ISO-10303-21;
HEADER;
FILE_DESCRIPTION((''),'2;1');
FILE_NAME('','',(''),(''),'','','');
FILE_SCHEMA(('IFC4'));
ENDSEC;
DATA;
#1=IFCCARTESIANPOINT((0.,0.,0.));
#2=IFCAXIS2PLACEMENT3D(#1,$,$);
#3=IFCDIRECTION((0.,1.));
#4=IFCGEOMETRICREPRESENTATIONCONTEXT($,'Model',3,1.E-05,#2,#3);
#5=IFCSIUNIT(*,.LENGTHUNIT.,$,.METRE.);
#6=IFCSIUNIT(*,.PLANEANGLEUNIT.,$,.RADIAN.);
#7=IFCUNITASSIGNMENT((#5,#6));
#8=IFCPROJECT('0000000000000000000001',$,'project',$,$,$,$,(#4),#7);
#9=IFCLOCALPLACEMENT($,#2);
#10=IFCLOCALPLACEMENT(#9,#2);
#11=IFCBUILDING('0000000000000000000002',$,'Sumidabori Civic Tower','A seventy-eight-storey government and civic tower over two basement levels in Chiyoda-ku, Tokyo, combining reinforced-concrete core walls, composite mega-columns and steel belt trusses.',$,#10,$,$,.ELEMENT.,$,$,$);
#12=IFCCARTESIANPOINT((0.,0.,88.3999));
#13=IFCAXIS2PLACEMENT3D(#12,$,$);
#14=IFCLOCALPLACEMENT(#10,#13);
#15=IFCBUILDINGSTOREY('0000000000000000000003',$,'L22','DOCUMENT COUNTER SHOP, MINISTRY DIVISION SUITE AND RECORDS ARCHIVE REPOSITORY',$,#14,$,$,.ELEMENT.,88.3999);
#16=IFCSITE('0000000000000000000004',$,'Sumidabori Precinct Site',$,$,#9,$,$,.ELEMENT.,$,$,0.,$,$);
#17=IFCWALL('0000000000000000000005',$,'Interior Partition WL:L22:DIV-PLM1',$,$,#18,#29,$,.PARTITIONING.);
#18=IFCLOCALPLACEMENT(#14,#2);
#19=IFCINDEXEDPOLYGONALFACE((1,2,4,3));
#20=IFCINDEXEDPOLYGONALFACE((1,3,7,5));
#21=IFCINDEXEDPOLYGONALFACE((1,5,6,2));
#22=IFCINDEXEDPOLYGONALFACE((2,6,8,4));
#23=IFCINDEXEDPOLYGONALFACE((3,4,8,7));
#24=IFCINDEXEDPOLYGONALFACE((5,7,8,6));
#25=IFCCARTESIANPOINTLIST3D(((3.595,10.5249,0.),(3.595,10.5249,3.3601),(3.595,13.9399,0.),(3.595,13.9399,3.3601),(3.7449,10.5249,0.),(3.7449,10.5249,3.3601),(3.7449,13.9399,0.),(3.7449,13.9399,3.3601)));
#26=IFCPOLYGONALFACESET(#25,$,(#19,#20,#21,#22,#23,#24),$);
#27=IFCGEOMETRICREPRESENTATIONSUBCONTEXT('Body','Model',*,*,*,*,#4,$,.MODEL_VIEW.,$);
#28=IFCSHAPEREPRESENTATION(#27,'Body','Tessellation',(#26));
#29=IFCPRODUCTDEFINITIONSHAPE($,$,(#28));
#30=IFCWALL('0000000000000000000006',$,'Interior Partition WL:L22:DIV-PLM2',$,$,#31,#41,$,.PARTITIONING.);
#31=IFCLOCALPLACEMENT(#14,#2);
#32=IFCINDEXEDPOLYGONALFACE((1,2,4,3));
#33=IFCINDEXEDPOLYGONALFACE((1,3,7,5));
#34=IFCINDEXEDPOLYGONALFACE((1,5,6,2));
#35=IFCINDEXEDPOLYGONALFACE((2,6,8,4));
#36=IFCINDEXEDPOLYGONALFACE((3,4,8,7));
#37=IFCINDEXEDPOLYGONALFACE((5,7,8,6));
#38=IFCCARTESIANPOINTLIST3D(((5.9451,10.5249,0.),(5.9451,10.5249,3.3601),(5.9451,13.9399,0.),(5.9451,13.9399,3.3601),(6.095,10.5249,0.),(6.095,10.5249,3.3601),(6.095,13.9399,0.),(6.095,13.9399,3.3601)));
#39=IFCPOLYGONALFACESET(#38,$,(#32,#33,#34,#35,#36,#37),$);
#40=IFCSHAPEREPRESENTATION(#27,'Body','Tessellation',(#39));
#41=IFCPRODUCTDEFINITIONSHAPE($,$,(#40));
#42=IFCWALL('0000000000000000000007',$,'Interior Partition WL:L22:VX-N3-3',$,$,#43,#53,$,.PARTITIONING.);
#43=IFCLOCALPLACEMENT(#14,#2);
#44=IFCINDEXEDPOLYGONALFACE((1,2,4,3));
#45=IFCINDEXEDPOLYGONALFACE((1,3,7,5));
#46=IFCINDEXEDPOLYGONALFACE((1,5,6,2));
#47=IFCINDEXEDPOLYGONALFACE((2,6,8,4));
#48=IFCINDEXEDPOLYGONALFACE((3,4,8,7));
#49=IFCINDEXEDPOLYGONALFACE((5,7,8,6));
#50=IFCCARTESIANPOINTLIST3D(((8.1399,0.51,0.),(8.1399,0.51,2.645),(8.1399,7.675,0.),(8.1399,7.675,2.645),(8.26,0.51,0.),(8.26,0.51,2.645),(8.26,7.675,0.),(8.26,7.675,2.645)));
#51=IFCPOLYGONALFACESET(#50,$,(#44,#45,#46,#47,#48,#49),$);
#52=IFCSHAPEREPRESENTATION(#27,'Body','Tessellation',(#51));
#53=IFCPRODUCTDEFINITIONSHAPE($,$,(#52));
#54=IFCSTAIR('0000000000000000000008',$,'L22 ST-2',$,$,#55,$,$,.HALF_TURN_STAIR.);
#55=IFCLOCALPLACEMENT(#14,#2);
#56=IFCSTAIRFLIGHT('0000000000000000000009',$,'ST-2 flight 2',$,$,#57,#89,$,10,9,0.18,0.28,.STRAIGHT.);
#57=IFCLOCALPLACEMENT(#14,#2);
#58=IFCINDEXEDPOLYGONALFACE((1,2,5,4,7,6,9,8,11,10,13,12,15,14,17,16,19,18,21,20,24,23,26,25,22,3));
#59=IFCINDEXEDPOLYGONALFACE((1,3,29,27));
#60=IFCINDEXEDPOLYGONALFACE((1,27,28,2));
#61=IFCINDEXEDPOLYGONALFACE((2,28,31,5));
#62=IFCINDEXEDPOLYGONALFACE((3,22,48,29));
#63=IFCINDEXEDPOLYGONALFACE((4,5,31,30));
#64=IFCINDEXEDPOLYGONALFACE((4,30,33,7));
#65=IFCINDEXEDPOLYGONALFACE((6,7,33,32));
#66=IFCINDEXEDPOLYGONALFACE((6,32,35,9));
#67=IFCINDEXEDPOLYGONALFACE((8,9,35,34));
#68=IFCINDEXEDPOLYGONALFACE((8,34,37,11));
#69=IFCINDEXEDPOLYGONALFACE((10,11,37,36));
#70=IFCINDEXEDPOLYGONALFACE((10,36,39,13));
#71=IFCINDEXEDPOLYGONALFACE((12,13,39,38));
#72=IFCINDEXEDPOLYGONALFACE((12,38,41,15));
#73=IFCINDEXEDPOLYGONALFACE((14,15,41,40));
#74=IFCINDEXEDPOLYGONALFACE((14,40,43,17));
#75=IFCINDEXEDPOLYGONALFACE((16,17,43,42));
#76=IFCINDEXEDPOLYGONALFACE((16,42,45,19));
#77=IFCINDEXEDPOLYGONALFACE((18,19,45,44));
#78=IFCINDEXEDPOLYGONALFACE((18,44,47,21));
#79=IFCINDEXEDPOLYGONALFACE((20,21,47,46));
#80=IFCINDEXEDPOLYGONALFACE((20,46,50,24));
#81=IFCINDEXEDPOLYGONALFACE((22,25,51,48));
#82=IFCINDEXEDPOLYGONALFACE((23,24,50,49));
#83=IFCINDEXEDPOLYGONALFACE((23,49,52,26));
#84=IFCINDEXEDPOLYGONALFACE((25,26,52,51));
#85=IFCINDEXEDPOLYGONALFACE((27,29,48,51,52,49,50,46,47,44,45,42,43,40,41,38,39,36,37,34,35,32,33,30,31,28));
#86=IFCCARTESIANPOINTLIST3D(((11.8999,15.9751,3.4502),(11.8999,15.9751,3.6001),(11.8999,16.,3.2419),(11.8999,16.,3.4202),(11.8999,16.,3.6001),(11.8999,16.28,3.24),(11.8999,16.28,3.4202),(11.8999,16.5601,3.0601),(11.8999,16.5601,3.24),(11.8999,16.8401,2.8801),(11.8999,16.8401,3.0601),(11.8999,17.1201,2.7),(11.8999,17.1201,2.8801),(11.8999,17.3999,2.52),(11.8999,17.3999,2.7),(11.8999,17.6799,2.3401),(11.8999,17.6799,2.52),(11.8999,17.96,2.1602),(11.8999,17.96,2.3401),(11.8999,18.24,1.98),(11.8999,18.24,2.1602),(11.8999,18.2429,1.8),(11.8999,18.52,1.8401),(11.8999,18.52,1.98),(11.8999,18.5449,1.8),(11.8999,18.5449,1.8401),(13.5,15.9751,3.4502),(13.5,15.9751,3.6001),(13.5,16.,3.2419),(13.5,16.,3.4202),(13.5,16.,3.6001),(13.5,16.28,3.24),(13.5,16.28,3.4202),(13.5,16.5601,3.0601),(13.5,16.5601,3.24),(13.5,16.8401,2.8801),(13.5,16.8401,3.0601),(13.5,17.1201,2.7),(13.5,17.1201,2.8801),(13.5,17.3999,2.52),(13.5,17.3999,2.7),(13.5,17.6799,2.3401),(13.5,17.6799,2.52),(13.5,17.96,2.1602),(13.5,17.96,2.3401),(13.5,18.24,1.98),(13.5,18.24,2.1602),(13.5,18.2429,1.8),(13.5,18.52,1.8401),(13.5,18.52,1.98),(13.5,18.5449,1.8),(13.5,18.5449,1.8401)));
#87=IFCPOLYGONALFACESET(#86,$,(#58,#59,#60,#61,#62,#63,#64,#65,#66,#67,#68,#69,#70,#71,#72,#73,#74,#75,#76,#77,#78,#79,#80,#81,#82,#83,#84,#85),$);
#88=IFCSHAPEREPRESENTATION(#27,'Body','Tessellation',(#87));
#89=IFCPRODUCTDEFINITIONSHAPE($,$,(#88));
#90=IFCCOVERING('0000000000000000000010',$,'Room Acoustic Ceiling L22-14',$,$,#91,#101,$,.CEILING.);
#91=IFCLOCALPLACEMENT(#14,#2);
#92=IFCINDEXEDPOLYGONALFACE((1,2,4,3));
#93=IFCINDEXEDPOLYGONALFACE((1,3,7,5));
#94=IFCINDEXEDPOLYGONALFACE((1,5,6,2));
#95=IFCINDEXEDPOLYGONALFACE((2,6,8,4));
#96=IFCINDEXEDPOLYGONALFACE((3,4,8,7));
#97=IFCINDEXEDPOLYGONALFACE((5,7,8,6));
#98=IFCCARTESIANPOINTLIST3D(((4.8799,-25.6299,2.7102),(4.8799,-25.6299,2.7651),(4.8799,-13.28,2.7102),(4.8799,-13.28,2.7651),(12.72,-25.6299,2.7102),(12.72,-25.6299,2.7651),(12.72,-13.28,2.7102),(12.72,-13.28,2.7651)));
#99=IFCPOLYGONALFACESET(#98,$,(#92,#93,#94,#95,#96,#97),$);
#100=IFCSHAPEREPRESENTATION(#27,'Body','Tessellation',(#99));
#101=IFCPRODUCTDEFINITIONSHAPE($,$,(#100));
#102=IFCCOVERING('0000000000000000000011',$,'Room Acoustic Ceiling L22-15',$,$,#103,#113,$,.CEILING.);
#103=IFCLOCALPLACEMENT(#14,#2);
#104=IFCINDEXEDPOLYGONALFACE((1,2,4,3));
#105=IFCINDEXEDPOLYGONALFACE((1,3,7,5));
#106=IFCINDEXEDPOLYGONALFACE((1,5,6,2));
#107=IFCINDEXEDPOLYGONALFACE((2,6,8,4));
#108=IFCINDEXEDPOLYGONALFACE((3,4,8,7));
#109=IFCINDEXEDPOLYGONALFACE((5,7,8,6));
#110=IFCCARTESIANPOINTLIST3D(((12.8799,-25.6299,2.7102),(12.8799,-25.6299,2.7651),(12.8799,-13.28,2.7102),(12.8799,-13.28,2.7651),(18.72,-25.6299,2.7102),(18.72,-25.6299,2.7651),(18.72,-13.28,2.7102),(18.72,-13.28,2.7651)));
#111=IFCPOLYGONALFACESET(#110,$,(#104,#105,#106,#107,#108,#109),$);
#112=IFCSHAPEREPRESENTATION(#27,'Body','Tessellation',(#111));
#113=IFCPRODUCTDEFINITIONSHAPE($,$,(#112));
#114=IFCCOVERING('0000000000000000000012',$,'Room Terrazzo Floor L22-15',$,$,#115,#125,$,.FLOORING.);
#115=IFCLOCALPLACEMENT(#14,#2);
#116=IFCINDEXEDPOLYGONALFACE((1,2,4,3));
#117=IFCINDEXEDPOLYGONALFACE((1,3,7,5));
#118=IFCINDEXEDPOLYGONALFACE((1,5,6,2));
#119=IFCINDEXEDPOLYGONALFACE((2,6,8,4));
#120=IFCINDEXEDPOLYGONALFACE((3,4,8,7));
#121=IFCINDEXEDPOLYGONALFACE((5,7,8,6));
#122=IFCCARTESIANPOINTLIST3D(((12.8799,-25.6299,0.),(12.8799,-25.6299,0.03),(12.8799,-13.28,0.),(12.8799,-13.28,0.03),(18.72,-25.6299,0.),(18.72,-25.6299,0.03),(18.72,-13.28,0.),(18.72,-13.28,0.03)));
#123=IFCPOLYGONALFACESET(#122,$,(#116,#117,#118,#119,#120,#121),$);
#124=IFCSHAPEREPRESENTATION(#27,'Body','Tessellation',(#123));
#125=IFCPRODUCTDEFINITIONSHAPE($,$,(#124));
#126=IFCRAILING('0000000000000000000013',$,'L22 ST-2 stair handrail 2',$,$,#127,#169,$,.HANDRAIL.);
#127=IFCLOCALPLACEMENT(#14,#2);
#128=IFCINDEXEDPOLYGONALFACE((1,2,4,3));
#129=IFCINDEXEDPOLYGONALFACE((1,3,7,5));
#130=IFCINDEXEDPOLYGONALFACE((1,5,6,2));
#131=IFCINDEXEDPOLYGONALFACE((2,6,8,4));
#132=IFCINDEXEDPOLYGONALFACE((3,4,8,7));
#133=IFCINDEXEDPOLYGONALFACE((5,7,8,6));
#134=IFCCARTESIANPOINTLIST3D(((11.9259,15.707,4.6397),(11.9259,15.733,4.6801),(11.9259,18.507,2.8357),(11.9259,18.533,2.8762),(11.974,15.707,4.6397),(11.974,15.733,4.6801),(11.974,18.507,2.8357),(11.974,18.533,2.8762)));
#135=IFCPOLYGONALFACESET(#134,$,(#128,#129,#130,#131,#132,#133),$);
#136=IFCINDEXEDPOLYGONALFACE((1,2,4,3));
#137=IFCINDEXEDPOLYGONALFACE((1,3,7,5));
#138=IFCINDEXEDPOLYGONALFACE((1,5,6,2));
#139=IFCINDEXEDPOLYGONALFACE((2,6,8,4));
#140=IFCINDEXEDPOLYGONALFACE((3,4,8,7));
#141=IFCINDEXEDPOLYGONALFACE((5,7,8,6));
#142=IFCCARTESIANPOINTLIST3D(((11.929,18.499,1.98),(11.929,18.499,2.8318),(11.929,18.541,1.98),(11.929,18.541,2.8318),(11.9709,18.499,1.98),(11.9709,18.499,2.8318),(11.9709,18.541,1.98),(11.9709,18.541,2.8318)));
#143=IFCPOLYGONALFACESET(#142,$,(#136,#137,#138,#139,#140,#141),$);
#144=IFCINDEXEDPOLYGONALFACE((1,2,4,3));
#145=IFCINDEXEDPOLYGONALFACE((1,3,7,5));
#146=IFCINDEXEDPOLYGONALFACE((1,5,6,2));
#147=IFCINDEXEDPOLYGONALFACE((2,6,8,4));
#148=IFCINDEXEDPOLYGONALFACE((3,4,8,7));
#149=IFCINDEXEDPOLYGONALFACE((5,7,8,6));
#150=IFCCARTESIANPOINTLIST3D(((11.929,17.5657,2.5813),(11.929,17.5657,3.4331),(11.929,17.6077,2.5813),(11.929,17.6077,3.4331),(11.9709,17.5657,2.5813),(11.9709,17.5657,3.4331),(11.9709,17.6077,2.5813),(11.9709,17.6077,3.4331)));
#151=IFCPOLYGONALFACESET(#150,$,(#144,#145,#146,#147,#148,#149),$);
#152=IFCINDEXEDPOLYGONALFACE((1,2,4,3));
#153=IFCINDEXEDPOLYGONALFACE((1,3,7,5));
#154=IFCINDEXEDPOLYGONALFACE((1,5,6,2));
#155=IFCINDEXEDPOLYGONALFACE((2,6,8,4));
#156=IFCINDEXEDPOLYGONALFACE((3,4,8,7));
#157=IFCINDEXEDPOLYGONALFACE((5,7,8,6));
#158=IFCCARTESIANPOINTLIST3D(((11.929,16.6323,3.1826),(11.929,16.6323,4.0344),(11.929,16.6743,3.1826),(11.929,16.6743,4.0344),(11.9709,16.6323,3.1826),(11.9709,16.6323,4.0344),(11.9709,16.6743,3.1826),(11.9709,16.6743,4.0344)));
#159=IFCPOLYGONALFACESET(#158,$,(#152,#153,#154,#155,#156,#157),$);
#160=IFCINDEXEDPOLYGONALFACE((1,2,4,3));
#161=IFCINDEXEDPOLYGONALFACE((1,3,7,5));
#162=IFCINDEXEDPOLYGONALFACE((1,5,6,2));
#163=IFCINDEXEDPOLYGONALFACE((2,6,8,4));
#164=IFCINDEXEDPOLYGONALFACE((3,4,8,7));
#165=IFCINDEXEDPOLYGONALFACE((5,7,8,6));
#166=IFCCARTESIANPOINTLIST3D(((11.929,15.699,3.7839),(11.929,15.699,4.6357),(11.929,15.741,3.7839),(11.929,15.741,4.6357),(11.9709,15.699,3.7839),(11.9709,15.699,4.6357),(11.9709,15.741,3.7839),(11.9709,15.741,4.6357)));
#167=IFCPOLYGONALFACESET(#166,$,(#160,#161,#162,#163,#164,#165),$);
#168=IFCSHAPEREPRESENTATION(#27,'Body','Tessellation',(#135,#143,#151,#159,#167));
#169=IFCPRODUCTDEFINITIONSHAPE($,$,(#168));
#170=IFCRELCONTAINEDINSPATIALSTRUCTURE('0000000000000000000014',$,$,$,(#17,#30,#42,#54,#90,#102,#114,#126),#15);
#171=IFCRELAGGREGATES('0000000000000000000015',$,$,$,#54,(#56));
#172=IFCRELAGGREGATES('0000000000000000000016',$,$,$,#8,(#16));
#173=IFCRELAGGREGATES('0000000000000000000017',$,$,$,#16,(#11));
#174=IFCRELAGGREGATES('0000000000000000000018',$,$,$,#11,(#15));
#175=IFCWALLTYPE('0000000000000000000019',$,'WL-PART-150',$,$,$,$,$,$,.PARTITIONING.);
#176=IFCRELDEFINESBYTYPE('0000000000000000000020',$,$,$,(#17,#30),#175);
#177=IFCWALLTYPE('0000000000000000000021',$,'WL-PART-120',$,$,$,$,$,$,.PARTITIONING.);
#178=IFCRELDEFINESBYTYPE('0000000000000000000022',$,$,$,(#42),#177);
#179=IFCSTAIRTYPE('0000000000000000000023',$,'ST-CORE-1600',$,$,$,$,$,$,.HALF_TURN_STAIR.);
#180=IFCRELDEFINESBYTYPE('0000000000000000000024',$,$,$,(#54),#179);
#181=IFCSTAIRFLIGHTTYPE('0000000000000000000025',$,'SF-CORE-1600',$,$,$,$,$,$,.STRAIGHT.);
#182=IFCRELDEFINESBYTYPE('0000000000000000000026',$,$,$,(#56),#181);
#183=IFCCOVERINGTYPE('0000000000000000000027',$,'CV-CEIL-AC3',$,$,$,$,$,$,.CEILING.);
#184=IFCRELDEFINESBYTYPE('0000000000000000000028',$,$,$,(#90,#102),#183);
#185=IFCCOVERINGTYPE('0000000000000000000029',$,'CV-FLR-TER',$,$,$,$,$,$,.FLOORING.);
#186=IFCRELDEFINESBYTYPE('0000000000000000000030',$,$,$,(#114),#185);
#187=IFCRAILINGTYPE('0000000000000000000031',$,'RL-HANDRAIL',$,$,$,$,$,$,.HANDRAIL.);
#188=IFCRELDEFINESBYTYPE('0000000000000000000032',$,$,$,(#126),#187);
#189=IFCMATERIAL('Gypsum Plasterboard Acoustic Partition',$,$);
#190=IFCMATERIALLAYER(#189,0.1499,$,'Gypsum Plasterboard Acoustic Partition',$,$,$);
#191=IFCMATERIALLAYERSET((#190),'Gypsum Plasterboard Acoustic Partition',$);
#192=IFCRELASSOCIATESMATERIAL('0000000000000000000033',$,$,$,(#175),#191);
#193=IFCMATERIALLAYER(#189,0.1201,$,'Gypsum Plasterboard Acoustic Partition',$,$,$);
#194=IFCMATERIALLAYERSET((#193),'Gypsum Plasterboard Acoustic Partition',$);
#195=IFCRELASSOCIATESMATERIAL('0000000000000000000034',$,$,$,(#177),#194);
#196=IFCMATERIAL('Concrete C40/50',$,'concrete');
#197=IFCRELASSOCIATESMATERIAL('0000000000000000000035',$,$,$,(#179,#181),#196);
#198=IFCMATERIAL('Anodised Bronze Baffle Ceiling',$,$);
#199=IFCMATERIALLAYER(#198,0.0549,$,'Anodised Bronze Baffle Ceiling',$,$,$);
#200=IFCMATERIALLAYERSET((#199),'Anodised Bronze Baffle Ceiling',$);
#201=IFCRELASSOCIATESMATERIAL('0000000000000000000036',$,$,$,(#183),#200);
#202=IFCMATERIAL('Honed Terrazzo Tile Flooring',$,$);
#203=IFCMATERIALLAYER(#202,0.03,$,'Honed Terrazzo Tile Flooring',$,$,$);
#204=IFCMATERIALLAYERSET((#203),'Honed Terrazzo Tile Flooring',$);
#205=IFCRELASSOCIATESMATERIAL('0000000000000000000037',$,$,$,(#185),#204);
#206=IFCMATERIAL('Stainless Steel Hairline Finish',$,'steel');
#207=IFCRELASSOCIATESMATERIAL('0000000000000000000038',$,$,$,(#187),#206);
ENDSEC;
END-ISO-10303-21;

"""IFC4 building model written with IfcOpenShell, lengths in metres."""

from ifc_helpers import new_model, si_unit, direction, frame, frame_2d, origin, origin_2d, place, context, subcontext, project, spatial, polyline, rectangle, outline, extrude, source, transform, mapped, material, layer, layer_set, type_object, element, aggregate, save


model = new_model("IFC4")

# Units and contexts
model_context = context("Model", 3, precision=1e-05, world=origin(), true_north=direction((0.0, 1.0)))
body_context = subcontext(model_context, "Body", "Model", "MODEL_VIEW")
ifc_project = project(units=[si_unit("LENGTHUNIT", "METRE"), si_unit("PLANEANGLEUNIT", "RADIAN")], contexts=[model_context])

# Site, building, storey
site_placement = place(None, origin())
site = spatial("IfcSite", under=ifc_project, at=site_placement, Name="Sumidabori Precinct Site", CompositionType="ELEMENT", RefElevation=0.0)
building_placement = place(site_placement, origin())
building = spatial("IfcBuilding", under=site, at=building_placement, Name="Sumidabori Civic Tower", Description="A seventy-eight-storey government and civic tower over two basement levels in Chiyoda-ku, Tokyo, combining reinforced-concrete core walls, composite mega-columns and steel belt trusses.", CompositionType="ELEMENT")
storey_placement = place(building_placement, frame((0.0, 0.0, 88.3999)))
storey = spatial("IfcBuildingStorey", under=building, at=storey_placement, Name="L22", Description="DOCUMENT COUNTER SHOP, MINISTRY DIVISION SUITE AND RECORDS ARCHIVE REPOSITORY", CompositionType="ELEMENT", Elevation=88.3999)

# Shared definitions
ifc_material_1 = material(Name="Stainless Steel Hairline Finish", Category="steel")

# Shared definitions
ifc_material_2 = material(Name="Gypsum Plasterboard Acoustic Partition")
ifc_layer_1 = layer(ifc_material_2, 0.1499, Name="Gypsum Plasterboard Acoustic Partition")
ifc_layer_set_1 = layer_set([ifc_layer_1], Name="Gypsum Plasterboard Acoustic Partition")
wall_type_1 = type_object("IfcWallType", Name="WL-PART-150", PredefinedType="PARTITIONING", material=ifc_layer_set_1)

# Walls
shared_shape_1 = source(origin(), body_context, "Body", "SweptSolid", [
    extrude(rectangle(XDim=3.415, YDim=0.1499, at=frame_2d((1.7075, 0.0))), origin(), (0.0, 0.0, 1.0), 3.3601),
])
for number, where, z_axis, x_axis, name in (
    (1, (3.6699, 10.5249, 0.0), (0.0, 0.0, 1.0), (0.0, 1.0, 0.0), "Interior Partition WL:L22:DIV-PLM1"),
    (2, (6.02, 10.5249, 0.0), (0.0, 0.0, 1.0), (0.0, 1.0, 0.0), "Interior Partition WL:L22:DIV-PLM2"),
):
    element("IfcWall", number, at=place(storey_placement, frame(where, z_axis=z_axis, x_axis=x_axis)), inside=storey, type_object=wall_type_1, Name=name, PredefinedType="PARTITIONING", context=body_context, shape_type="MappedRepresentation", body=[
        mapped(shared_shape_1, transform((0.0, 0.0, 0.0), x_axis=(1.0, 0.0, 0.0), y_axis=(0.0, 1.0, 0.0), z_axis=(0.0, 0.0, 1.0), scale=1.0)),
    ])
ifc_layer_2 = layer(ifc_material_2, 0.1201, Name="Gypsum Plasterboard Acoustic Partition")
ifc_layer_set_2 = layer_set([ifc_layer_2], Name="Gypsum Plasterboard Acoustic Partition")
wall_type_2 = type_object("IfcWallType", Name="WL-PART-120", PredefinedType="PARTITIONING", material=ifc_layer_set_2)
shared_shape_2 = source(origin(), body_context, "Body", "SweptSolid", [
    extrude(rectangle(XDim=7.165, YDim=0.1201, at=frame_2d((3.5825, 0.0))), origin(), (0.0, 0.0, 1.0), 2.645),
])
wall_1_placement = place(storey_placement, frame((8.2, 0.51, 0.0), z_axis=(0.0, 0.0, 1.0), x_axis=(0.0, 1.0, 0.0)))
element("IfcWall", 3, at=wall_1_placement, inside=storey, type_object=wall_type_2, Name="Interior Partition WL:L22:VX-N3-3", PredefinedType="PARTITIONING", context=body_context, shape_type="MappedRepresentation", body=[
    mapped(shared_shape_2, transform((0.0, 0.0, 0.0), x_axis=(1.0, 0.0, 0.0), y_axis=(0.0, 1.0, 0.0), z_axis=(0.0, 0.0, 1.0), scale=1.0)),
])

# Stair, stair flight
ifc_material_3 = material(Name="Concrete C40/50", Category="concrete")
stair_type = type_object("IfcStairType", Name="ST-CORE-1600", PredefinedType="HALF_TURN_STAIR", material=ifc_material_3)
stair_placement = place(storey_placement, origin())
stair = element("IfcStair", 4, at=stair_placement, inside=storey, type_object=stair_type, Name="L22 ST-2", PredefinedType="HALF_TURN_STAIR")
stair_flight_type = type_object("IfcStairFlightType", Name="SF-CORE-1600", PredefinedType="STRAIGHT", material=ifc_material_3)
shared_shape_3 = source(origin(), body_context, "Body", "SweptSolid", [
    extrude(outline(polyline([(-0.0249, 0.0), (-0.0249, 0.04), (0.0, 0.04), (0.0, 0.1799), (0.28, 0.1799), (0.28, 0.3601), (0.5601, 0.3601), (0.5601, 0.54), (0.8401, 0.54), (0.8401, 0.72), (1.1201, 0.72), (1.1201, 0.8999), (1.3999, 0.8999), (1.3999, 1.0801), (1.6799, 1.0801), (1.6799, 1.26), (1.96, 1.26), (1.96, 1.4399), (2.24, 1.4399), (2.24, 1.6201), (2.52, 1.6201), (2.52, 1.8), (2.5449, 1.8), (2.5449, 1.6501), (2.52, 1.4419), (0.2771, 0.0), (-0.0249, 0.0)])), frame((0.0, 0.8, 0.0), z_axis=(0.0, -1.0, 0.0), x_axis=(1.0, 0.0, 0.0)), (0.0, 0.0, 1.0), 1.6001),
])
stair_flight_placement = place(storey_placement, frame((12.7, 18.52, 1.8), z_axis=(0.0, 0.0, 1.0), x_axis=(0.0, -1.0, 0.0)))
stair_flight = element("IfcStairFlight", 5, at=stair_flight_placement, type_object=stair_flight_type, Name="ST-2 flight 2", NumberOfRisers=10, NumberOfTreads=9, PredefinedType="STRAIGHT", RiserHeight=0.18, TreadLength=0.28, context=body_context, shape_type="MappedRepresentation", body=[
    mapped(shared_shape_3, transform((0.0, 0.0, 0.0), x_axis=(1.0, 0.0, 0.0), y_axis=(0.0, 1.0, 0.0), z_axis=(0.0, 0.0, 1.0), scale=1.0)),
])
aggregate(stair, [stair_flight])

# Coverings
ifc_material_4 = material(Name="Anodised Bronze Baffle Ceiling")
ifc_layer_3 = layer(ifc_material_4, 0.0549, Name="Anodised Bronze Baffle Ceiling")
ifc_layer_set_3 = layer_set([ifc_layer_3], Name="Anodised Bronze Baffle Ceiling")
covering_type_1 = type_object("IfcCoveringType", Name="CV-CEIL-AC3", PredefinedType="CEILING", material=ifc_layer_set_3)
covering_1_placement = place(storey_placement, frame((0.0, 0.0, 2.7102)))
element("IfcCovering", 6, at=covering_1_placement, inside=storey, type_object=covering_type_1, Name="Room Acoustic Ceiling L22-14", PredefinedType="CEILING", context=body_context, shape_type="SweptSolid", body=[
    extrude(outline(polyline([(4.8799, -13.28), (12.72, -13.28), (12.72, -25.6299), (4.8799, -25.6299), (4.8799, -13.28)])), origin(), (0.0, 0.0, 1.0), 0.0549),
])
covering_2_placement = place(storey_placement, frame((0.0, 0.0, 2.7102)))
element("IfcCovering", 7, at=covering_2_placement, inside=storey, type_object=covering_type_1, Name="Room Acoustic Ceiling L22-15", PredefinedType="CEILING", context=body_context, shape_type="SweptSolid", body=[
    extrude(outline(polyline([(12.8799, -13.28), (18.72, -13.28), (18.72, -25.6299), (12.8799, -25.6299), (12.8799, -13.28)])), origin(), (0.0, 0.0, 1.0), 0.0549),
])
ifc_material_5 = material(Name="Honed Terrazzo Tile Flooring")
ifc_layer_4 = layer(ifc_material_5, 0.03, Name="Honed Terrazzo Tile Flooring")
ifc_layer_set_4 = layer_set([ifc_layer_4], Name="Honed Terrazzo Tile Flooring")
covering_type_2 = type_object("IfcCoveringType", Name="CV-FLR-TER", PredefinedType="FLOORING", material=ifc_layer_set_4)
covering_3_placement = place(storey_placement, origin())
element("IfcCovering", 8, at=covering_3_placement, inside=storey, type_object=covering_type_2, Name="Room Terrazzo Floor L22-15", PredefinedType="FLOORING", context=body_context, shape_type="SweptSolid", body=[
    extrude(outline(polyline([(12.8799, -13.28), (18.72, -13.28), (18.72, -25.6299), (12.8799, -25.6299), (12.8799, -13.28)])), origin(), (0.0, 0.0, 1.0), 0.03),
])

# Railing
railing_type = type_object("IfcRailingType", Name="RL-HANDRAIL", PredefinedType="HANDRAIL", material=ifc_material_1)
railing_placement = place(storey_placement, frame((11.95, 18.52, 1.98)))
element("IfcRailing", 9, at=railing_placement, inside=storey, type_object=railing_type, Name="L22 ST-2 stair handrail 2", PredefinedType="HANDRAIL", context=body_context, shape_type="SweptSolid", body=[
    extrude(rectangle(XDim=0.0481, YDim=0.0481, at=origin_2d()), frame((0.0, 0.0, 0.876), z_axis=(0.0, -0.840642, 0.541591), x_axis=(1.0, 0.0, 0.0)), (0.0, 0.0, 1.0), 3.3308),
    extrude(rectangle(XDim=0.042, YDim=0.042, at=origin_2d()), origin(), (0.0, 0.0, 1.0), 0.8518),
    extrude(rectangle(XDim=0.042, YDim=0.042, at=origin_2d()), frame((0.0, -0.9333, 0.6013)), (0.0, 0.0, 1.0), 0.8518),
    extrude(rectangle(XDim=0.042, YDim=0.042, at=origin_2d()), frame((0.0, -1.8667, 1.2026)), (0.0, 0.0, 1.0), 0.8518),
    extrude(rectangle(XDim=0.042, YDim=0.042, at=origin_2d()), frame((0.0, -2.8, 1.804)), (0.0, 0.0, 1.0), 0.8518),
])

save(model, "model.ifc")
